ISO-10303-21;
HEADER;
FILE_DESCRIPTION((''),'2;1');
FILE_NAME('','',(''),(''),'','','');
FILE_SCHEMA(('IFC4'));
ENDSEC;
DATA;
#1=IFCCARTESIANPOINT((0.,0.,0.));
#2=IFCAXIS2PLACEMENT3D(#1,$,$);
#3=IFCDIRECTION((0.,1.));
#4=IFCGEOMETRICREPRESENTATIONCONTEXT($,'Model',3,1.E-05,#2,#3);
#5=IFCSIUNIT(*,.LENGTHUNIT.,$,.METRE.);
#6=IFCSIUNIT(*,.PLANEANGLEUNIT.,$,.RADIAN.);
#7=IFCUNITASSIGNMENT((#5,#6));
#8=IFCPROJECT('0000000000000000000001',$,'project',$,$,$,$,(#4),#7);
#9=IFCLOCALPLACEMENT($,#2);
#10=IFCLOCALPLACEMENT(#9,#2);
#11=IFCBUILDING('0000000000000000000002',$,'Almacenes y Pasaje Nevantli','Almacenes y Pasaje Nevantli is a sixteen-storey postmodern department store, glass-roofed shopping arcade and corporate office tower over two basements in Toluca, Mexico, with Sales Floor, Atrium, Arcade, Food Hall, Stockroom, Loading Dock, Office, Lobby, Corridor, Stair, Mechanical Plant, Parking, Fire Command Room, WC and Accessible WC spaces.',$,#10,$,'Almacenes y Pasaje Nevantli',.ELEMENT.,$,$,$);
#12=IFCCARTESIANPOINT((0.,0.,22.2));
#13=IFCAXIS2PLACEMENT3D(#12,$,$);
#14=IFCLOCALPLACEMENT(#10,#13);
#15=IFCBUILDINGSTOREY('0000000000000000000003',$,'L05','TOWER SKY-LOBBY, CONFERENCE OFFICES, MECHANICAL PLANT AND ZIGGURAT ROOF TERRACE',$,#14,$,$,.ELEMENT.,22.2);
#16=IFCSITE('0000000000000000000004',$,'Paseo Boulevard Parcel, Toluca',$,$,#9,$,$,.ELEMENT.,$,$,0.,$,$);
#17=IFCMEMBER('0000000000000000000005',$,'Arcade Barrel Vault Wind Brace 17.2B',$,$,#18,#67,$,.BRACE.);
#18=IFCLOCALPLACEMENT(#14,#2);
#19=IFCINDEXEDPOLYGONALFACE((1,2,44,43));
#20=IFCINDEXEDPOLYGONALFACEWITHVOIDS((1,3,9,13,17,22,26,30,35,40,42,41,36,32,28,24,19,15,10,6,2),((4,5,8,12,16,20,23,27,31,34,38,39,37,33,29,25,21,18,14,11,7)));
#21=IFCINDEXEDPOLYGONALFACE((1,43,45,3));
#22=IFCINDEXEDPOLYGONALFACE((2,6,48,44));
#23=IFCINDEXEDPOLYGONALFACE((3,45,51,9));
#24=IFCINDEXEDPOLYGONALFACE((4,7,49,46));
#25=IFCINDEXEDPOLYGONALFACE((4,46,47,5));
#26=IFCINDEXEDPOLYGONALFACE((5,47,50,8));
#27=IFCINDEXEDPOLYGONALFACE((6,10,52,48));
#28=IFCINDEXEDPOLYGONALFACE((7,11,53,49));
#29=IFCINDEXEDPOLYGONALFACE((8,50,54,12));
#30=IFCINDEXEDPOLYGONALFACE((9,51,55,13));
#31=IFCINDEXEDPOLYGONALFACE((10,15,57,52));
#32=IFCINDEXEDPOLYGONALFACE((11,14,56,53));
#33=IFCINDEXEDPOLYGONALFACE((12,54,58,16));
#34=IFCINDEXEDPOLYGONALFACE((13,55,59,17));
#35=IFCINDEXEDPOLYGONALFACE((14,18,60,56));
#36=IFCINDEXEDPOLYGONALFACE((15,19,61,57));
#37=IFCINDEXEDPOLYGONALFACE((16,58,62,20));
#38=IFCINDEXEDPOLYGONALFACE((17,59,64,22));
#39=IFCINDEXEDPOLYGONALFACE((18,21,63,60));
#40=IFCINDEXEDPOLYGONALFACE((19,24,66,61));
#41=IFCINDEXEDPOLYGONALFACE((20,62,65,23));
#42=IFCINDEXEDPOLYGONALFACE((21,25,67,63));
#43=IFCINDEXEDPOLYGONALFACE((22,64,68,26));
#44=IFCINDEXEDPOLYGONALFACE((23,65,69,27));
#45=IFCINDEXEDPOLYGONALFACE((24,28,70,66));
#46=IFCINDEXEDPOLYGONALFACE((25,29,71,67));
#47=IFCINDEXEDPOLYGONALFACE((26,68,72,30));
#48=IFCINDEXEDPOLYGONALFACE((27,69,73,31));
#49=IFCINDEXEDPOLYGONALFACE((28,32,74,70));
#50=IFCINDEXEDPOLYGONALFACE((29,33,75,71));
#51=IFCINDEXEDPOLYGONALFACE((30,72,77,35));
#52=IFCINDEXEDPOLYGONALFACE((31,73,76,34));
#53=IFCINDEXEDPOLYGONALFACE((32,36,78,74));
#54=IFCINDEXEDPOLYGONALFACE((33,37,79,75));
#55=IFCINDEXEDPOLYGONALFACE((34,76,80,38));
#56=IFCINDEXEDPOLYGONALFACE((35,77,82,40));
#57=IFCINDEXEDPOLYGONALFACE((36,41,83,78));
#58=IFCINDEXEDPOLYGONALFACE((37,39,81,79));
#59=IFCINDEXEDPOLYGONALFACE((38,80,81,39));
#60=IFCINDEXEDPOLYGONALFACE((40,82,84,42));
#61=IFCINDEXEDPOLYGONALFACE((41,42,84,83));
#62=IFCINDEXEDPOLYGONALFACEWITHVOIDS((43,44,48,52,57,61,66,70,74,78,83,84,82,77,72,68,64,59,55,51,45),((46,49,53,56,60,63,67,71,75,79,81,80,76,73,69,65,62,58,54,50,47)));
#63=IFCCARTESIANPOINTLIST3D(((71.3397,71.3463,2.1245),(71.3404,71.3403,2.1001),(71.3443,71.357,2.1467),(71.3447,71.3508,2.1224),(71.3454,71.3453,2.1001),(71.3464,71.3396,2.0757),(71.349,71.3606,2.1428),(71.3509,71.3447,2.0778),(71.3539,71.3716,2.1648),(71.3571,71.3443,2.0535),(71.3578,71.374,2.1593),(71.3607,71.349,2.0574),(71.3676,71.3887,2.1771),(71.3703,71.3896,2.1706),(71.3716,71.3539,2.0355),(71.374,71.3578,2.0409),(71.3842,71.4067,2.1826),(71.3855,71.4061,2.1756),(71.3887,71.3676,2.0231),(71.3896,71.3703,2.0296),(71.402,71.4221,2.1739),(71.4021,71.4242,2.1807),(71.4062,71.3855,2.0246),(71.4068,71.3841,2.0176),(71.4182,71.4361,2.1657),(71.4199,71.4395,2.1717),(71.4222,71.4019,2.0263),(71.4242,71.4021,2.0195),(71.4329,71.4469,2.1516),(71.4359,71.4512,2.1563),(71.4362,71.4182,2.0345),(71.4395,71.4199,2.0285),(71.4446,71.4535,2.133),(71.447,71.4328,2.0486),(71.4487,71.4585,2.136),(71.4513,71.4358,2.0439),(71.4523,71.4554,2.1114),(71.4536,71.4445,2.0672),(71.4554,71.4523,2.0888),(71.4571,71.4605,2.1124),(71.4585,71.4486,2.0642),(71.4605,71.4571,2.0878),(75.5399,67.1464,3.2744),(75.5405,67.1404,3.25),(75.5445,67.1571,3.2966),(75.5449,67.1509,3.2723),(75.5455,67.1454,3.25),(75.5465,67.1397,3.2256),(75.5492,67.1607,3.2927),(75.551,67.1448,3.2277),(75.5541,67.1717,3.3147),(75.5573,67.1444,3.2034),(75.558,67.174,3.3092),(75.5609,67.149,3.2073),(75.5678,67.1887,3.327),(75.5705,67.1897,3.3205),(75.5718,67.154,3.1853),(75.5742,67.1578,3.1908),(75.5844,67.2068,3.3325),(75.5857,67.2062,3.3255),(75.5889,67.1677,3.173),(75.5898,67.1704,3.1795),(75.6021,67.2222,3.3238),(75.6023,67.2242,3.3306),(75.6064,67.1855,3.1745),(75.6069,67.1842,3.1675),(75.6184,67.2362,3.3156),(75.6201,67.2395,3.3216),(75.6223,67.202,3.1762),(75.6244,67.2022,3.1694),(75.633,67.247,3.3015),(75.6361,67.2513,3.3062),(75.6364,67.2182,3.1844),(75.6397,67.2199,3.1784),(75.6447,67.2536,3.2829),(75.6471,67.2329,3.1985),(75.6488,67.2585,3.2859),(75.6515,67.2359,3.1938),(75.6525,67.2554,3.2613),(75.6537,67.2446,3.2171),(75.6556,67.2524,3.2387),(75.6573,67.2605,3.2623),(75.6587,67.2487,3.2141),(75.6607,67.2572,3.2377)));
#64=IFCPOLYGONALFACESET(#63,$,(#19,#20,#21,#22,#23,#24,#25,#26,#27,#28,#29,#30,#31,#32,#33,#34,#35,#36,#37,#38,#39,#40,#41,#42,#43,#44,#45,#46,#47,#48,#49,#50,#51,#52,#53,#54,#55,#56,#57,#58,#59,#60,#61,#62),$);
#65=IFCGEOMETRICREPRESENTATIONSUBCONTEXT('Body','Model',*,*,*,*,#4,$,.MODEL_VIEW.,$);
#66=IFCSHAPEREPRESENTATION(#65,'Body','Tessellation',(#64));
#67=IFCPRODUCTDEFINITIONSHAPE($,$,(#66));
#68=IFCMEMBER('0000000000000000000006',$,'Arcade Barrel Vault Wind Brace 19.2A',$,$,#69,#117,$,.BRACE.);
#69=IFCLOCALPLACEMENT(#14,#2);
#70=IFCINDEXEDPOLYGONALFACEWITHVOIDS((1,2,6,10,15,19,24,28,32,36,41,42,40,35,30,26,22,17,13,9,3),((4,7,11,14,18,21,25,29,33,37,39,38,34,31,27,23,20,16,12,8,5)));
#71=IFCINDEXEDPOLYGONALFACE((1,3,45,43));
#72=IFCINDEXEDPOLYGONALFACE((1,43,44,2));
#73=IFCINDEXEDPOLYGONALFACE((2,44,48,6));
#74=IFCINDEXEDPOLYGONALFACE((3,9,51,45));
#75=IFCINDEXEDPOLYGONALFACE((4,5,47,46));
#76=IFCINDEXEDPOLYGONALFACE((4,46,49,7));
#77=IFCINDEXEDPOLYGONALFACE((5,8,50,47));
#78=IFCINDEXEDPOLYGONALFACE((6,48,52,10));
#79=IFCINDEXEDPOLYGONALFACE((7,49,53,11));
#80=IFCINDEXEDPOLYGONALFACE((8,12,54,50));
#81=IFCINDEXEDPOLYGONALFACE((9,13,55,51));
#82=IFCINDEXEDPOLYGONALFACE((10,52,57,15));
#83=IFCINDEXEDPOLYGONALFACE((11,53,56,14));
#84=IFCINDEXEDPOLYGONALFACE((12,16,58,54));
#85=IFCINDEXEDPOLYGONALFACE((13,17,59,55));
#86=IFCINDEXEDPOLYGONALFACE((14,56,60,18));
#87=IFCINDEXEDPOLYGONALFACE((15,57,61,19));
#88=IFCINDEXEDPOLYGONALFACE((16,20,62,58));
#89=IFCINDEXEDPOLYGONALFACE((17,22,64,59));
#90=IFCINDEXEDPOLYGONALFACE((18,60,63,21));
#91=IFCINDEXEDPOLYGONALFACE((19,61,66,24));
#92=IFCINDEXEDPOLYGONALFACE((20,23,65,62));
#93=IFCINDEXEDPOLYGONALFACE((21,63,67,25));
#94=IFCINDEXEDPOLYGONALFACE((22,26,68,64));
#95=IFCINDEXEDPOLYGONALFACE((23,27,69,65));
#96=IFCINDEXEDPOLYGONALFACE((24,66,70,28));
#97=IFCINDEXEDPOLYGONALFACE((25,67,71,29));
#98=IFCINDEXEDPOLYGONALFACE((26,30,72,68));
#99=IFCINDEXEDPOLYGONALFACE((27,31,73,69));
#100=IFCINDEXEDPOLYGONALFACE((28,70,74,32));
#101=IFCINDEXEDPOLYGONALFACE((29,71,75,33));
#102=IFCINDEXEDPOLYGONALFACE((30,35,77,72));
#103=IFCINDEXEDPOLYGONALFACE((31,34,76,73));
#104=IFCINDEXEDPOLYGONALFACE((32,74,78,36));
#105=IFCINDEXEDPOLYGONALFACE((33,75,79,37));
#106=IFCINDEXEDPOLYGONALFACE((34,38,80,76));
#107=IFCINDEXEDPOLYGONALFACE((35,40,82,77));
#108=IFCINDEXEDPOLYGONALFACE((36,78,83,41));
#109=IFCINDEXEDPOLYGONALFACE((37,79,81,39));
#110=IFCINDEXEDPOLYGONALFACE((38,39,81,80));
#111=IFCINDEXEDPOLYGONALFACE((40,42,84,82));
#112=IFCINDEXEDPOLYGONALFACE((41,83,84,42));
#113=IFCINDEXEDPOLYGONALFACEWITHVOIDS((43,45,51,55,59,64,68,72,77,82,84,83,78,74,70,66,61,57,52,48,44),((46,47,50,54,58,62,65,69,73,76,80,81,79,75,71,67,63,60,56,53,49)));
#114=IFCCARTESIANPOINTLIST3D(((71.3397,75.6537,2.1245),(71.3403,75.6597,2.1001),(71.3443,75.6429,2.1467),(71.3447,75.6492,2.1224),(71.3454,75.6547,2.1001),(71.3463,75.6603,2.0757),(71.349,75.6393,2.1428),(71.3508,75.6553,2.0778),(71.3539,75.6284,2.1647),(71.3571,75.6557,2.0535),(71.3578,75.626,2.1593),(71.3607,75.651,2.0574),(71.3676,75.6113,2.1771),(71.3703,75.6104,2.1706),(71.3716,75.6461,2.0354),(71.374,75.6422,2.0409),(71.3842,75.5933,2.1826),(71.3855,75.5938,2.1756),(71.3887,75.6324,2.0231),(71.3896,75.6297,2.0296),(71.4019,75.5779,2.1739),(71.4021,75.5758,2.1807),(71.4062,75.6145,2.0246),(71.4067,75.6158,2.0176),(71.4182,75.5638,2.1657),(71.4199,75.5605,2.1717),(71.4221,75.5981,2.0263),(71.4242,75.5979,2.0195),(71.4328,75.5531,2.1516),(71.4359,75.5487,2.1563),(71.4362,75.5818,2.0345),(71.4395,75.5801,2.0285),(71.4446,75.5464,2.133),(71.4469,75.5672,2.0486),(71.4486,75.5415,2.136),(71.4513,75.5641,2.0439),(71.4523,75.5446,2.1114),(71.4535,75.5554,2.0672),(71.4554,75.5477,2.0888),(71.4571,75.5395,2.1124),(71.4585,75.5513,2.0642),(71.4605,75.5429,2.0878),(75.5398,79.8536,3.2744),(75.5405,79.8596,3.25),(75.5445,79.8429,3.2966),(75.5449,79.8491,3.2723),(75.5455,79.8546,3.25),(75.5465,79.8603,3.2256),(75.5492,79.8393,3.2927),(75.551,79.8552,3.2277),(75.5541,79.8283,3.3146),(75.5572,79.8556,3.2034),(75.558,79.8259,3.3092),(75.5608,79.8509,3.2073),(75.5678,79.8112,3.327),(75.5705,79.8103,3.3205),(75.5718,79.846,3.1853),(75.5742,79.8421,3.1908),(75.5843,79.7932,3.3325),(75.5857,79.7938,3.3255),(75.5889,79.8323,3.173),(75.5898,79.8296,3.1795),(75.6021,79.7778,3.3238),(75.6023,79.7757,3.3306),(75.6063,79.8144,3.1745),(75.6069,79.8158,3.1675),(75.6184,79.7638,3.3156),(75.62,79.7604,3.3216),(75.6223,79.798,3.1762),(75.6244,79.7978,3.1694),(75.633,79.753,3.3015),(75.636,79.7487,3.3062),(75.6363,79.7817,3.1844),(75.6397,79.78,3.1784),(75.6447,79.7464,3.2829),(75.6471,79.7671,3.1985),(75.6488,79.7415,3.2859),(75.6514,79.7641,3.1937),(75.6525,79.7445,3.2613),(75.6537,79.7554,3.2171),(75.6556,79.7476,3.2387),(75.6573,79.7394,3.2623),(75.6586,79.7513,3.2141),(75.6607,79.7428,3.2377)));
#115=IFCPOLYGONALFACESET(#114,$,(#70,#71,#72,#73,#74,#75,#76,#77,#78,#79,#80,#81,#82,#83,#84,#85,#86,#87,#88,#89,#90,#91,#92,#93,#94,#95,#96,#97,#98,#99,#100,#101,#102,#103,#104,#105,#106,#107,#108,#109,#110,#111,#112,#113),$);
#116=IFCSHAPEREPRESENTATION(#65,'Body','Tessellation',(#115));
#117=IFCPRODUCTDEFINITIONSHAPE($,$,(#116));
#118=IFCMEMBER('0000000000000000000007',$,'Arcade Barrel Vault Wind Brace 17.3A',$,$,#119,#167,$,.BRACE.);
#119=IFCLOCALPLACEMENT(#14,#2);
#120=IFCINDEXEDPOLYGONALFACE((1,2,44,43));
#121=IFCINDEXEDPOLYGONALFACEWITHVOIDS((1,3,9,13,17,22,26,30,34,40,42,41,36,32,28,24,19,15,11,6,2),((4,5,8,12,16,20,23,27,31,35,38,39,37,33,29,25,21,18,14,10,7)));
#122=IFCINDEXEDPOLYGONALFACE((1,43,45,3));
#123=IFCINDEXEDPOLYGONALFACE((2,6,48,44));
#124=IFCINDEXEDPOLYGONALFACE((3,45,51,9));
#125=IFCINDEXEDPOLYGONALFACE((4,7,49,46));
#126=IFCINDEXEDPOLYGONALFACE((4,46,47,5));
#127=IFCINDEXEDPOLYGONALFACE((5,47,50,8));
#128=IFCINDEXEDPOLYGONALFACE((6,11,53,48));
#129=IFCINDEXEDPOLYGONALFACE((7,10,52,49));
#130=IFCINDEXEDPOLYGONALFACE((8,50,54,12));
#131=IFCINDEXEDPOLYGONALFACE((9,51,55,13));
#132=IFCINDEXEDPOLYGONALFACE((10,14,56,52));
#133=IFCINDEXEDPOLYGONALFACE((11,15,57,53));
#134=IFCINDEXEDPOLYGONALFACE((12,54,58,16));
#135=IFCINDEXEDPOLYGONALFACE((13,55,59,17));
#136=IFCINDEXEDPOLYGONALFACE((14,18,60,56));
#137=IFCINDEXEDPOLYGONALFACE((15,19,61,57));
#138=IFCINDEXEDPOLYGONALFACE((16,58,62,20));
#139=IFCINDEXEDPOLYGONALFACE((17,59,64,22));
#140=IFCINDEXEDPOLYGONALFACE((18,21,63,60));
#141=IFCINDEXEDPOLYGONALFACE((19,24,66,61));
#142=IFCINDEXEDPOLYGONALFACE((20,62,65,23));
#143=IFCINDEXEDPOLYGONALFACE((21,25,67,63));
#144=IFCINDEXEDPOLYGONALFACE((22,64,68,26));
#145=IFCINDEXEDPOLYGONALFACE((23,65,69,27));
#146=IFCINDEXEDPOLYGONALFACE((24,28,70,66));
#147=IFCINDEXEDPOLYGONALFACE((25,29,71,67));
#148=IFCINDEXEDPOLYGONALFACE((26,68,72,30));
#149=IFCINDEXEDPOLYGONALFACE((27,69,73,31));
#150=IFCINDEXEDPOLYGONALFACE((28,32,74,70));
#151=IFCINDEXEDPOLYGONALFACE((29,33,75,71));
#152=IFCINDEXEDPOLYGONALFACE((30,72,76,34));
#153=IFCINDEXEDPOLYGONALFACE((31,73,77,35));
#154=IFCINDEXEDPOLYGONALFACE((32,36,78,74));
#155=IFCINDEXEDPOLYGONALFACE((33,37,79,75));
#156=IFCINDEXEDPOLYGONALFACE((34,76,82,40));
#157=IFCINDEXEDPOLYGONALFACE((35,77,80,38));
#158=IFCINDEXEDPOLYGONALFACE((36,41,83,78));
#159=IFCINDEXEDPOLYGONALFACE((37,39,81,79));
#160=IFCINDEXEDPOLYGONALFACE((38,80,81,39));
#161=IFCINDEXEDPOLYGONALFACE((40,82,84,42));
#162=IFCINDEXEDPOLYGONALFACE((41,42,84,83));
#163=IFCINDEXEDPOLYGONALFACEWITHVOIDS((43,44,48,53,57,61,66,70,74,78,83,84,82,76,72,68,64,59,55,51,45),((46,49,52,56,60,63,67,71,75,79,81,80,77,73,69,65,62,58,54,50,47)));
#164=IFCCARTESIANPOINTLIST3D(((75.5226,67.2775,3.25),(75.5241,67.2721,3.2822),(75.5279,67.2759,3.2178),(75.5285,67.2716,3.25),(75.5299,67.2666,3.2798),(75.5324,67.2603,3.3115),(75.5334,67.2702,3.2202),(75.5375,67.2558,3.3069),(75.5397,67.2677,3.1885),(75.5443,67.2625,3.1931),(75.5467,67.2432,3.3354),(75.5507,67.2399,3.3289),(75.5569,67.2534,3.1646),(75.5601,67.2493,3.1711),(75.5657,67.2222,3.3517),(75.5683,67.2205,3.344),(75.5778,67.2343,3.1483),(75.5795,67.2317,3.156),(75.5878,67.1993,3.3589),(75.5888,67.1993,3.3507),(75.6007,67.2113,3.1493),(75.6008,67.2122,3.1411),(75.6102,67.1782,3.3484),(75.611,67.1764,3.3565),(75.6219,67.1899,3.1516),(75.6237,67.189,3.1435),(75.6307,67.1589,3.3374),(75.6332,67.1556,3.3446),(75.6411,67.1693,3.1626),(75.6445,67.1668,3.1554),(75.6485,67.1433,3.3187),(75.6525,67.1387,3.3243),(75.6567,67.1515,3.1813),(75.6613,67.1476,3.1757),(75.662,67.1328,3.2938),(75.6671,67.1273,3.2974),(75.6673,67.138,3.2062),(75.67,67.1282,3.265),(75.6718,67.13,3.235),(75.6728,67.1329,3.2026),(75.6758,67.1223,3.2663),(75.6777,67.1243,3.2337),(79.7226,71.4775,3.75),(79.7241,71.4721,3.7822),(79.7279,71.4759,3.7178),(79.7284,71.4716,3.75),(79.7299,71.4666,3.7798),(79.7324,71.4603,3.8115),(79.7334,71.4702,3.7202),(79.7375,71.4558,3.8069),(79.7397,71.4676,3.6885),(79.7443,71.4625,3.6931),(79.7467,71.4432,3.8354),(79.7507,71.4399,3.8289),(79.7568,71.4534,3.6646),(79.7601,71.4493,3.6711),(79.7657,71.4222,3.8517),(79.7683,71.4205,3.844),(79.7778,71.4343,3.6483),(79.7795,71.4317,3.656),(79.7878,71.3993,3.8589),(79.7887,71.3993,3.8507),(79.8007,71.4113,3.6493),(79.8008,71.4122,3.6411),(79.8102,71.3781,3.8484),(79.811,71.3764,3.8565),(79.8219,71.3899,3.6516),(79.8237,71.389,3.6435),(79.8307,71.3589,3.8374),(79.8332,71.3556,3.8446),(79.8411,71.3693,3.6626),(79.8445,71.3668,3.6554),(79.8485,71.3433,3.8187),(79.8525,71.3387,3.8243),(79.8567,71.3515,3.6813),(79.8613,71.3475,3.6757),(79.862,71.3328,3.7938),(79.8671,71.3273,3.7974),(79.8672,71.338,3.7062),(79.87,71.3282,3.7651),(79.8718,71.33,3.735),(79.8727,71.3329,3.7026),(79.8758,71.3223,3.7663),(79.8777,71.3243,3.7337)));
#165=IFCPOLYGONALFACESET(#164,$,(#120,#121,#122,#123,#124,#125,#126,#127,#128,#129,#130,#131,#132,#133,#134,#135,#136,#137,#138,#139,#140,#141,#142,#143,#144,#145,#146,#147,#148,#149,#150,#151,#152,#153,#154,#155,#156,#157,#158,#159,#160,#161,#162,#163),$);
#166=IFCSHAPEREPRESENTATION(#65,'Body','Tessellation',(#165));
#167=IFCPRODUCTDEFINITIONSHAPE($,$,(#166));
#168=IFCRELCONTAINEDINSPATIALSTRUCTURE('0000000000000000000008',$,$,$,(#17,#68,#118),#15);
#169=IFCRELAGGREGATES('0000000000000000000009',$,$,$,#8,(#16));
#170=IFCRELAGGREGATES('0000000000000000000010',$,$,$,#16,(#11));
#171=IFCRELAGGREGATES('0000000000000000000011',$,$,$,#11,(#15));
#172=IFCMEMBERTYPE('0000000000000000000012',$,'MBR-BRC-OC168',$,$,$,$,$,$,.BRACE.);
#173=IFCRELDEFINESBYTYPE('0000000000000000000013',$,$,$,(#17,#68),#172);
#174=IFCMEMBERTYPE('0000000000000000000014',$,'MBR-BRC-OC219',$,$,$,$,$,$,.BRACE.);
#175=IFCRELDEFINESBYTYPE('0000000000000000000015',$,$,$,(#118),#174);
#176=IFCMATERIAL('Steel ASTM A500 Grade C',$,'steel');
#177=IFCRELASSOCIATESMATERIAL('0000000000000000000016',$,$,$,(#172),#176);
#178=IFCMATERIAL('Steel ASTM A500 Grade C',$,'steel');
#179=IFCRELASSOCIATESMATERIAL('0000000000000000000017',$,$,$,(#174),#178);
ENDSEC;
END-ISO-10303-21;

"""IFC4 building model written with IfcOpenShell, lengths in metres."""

from ifc_helpers import new_model, si_unit, direction, frame, origin, origin_2d, place, context, subcontext, project, spatial, hollow_circle, extrude, material, material_profile, profile_set, type_object, element, save


model = new_model("IFC4")

# Units and contexts
model_context = context("Model", 3, precision=1e-05, world=origin(), true_north=direction((0.0, 1.0)))
body_context = subcontext(model_context, "Body", "Model", "MODEL_VIEW")
ifc_project = project(units=[si_unit("LENGTHUNIT", "METRE"), si_unit("PLANEANGLEUNIT", "RADIAN")], contexts=[model_context])

# Site, building, storey
site_placement = place(None, origin())
site = spatial("IfcSite", under=ifc_project, at=site_placement, Name="Paseo Boulevard Parcel, Toluca", CompositionType="ELEMENT", RefElevation=0.0)
building_placement = place(site_placement, origin())
building = spatial("IfcBuilding", under=site, at=building_placement, Name="Almacenes y Pasaje Nevantli", Description="Almacenes y Pasaje Nevantli is a sixteen-storey postmodern department store, glass-roofed shopping arcade and corporate office tower over two basements in Toluca, Mexico, with Sales Floor, Atrium, Arcade, Food Hall, Stockroom, Loading Dock, Office, Lobby, Corridor, Stair, Mechanical Plant, Parking, Fire Command Room, WC and Accessible WC spaces.", LongName="Almacenes y Pasaje Nevantli", CompositionType="ELEMENT")
storey_placement = place(building_placement, frame((0.0, 0.0, 22.2)))
storey = spatial("IfcBuildingStorey", under=building, at=storey_placement, Name="L05", Description="TOWER SKY-LOBBY, CONFERENCE OFFICES, MECHANICAL PLANT AND ZIGGURAT ROOF TERRACE", CompositionType="ELEMENT", Elevation=22.2)

# Members
ifc_material_1 = material(Name="Steel ASTM A500 Grade C", Category="steel")
ifc_material_profile_1 = material_profile(ifc_material_1, hollow_circle(Radius=0.0842, WallThickness=0.0071, at=origin_2d()), Name="OC 168x7.1")
ifc_profile_set_1 = profile_set([ifc_material_profile_1], Name="Steel ASTM A500 Grade C")
member_type_1 = type_object("IfcMemberType", Name="MBR-BRC-OC168", PredefinedType="BRACE", material=ifc_profile_set_1)
for number, where, z_axis, x_axis, name in (
    (1, (75.6001, 67.2, 3.25), (-0.694238, 0.694197, -0.190064), (-0.707086, -0.707127, 0.0), "Arcade Barrel Vault Wind Brace 17.2B"),
    (2, (71.3999, 75.6001, 2.1001), (0.694238, 0.694197, 0.190064), (-0.707086, 0.707127, 0.0), "Arcade Barrel Vault Wind Brace 19.2A"),
):
    element("IfcMember", number, at=place(storey_placement, frame(where, z_axis=z_axis, x_axis=x_axis)), inside=storey, type_object=member_type_1, Name=name, PredefinedType="BRACE", context=body_context, shape_type="SweptSolid", body=[
        extrude(hollow_circle(Radius=0.0842, WallThickness=0.0071, at=origin_2d()), origin(), (0.0, 0.0, 1.0), 6.05),
    ])
ifc_material_2 = material(Name="Steel ASTM A500 Grade C", Category="steel")
ifc_material_profile_2 = material_profile(ifc_material_2, hollow_circle(Radius=0.1096, WallThickness=0.0083, at=origin_2d()), Name="OC 219x8.2")
ifc_profile_set_2 = profile_set([ifc_material_profile_2], Name="Steel ASTM A500 Grade C")
member_type_2 = type_object("IfcMemberType", Name="MBR-BRC-OC219", PredefinedType="BRACE", material=ifc_profile_set_2)
member_1_placement = place(storey_placement, frame((75.6001, 67.2, 3.25), z_axis=(0.704615, 0.704615, 0.083884), x_axis=(-0.707107, 0.707107, 0.0)))
element("IfcMember", 3, at=member_1_placement, inside=storey, type_object=member_type_2, Name="Arcade Barrel Vault Wind Brace 17.3A", PredefinedType="BRACE", context=body_context, shape_type="SweptSolid", body=[
    extrude(hollow_circle(Radius=0.1096, WallThickness=0.0083, at=origin_2d()), origin(), (0.0, 0.0, 1.0), 5.9607),
])

save(model, "model.ifc")
